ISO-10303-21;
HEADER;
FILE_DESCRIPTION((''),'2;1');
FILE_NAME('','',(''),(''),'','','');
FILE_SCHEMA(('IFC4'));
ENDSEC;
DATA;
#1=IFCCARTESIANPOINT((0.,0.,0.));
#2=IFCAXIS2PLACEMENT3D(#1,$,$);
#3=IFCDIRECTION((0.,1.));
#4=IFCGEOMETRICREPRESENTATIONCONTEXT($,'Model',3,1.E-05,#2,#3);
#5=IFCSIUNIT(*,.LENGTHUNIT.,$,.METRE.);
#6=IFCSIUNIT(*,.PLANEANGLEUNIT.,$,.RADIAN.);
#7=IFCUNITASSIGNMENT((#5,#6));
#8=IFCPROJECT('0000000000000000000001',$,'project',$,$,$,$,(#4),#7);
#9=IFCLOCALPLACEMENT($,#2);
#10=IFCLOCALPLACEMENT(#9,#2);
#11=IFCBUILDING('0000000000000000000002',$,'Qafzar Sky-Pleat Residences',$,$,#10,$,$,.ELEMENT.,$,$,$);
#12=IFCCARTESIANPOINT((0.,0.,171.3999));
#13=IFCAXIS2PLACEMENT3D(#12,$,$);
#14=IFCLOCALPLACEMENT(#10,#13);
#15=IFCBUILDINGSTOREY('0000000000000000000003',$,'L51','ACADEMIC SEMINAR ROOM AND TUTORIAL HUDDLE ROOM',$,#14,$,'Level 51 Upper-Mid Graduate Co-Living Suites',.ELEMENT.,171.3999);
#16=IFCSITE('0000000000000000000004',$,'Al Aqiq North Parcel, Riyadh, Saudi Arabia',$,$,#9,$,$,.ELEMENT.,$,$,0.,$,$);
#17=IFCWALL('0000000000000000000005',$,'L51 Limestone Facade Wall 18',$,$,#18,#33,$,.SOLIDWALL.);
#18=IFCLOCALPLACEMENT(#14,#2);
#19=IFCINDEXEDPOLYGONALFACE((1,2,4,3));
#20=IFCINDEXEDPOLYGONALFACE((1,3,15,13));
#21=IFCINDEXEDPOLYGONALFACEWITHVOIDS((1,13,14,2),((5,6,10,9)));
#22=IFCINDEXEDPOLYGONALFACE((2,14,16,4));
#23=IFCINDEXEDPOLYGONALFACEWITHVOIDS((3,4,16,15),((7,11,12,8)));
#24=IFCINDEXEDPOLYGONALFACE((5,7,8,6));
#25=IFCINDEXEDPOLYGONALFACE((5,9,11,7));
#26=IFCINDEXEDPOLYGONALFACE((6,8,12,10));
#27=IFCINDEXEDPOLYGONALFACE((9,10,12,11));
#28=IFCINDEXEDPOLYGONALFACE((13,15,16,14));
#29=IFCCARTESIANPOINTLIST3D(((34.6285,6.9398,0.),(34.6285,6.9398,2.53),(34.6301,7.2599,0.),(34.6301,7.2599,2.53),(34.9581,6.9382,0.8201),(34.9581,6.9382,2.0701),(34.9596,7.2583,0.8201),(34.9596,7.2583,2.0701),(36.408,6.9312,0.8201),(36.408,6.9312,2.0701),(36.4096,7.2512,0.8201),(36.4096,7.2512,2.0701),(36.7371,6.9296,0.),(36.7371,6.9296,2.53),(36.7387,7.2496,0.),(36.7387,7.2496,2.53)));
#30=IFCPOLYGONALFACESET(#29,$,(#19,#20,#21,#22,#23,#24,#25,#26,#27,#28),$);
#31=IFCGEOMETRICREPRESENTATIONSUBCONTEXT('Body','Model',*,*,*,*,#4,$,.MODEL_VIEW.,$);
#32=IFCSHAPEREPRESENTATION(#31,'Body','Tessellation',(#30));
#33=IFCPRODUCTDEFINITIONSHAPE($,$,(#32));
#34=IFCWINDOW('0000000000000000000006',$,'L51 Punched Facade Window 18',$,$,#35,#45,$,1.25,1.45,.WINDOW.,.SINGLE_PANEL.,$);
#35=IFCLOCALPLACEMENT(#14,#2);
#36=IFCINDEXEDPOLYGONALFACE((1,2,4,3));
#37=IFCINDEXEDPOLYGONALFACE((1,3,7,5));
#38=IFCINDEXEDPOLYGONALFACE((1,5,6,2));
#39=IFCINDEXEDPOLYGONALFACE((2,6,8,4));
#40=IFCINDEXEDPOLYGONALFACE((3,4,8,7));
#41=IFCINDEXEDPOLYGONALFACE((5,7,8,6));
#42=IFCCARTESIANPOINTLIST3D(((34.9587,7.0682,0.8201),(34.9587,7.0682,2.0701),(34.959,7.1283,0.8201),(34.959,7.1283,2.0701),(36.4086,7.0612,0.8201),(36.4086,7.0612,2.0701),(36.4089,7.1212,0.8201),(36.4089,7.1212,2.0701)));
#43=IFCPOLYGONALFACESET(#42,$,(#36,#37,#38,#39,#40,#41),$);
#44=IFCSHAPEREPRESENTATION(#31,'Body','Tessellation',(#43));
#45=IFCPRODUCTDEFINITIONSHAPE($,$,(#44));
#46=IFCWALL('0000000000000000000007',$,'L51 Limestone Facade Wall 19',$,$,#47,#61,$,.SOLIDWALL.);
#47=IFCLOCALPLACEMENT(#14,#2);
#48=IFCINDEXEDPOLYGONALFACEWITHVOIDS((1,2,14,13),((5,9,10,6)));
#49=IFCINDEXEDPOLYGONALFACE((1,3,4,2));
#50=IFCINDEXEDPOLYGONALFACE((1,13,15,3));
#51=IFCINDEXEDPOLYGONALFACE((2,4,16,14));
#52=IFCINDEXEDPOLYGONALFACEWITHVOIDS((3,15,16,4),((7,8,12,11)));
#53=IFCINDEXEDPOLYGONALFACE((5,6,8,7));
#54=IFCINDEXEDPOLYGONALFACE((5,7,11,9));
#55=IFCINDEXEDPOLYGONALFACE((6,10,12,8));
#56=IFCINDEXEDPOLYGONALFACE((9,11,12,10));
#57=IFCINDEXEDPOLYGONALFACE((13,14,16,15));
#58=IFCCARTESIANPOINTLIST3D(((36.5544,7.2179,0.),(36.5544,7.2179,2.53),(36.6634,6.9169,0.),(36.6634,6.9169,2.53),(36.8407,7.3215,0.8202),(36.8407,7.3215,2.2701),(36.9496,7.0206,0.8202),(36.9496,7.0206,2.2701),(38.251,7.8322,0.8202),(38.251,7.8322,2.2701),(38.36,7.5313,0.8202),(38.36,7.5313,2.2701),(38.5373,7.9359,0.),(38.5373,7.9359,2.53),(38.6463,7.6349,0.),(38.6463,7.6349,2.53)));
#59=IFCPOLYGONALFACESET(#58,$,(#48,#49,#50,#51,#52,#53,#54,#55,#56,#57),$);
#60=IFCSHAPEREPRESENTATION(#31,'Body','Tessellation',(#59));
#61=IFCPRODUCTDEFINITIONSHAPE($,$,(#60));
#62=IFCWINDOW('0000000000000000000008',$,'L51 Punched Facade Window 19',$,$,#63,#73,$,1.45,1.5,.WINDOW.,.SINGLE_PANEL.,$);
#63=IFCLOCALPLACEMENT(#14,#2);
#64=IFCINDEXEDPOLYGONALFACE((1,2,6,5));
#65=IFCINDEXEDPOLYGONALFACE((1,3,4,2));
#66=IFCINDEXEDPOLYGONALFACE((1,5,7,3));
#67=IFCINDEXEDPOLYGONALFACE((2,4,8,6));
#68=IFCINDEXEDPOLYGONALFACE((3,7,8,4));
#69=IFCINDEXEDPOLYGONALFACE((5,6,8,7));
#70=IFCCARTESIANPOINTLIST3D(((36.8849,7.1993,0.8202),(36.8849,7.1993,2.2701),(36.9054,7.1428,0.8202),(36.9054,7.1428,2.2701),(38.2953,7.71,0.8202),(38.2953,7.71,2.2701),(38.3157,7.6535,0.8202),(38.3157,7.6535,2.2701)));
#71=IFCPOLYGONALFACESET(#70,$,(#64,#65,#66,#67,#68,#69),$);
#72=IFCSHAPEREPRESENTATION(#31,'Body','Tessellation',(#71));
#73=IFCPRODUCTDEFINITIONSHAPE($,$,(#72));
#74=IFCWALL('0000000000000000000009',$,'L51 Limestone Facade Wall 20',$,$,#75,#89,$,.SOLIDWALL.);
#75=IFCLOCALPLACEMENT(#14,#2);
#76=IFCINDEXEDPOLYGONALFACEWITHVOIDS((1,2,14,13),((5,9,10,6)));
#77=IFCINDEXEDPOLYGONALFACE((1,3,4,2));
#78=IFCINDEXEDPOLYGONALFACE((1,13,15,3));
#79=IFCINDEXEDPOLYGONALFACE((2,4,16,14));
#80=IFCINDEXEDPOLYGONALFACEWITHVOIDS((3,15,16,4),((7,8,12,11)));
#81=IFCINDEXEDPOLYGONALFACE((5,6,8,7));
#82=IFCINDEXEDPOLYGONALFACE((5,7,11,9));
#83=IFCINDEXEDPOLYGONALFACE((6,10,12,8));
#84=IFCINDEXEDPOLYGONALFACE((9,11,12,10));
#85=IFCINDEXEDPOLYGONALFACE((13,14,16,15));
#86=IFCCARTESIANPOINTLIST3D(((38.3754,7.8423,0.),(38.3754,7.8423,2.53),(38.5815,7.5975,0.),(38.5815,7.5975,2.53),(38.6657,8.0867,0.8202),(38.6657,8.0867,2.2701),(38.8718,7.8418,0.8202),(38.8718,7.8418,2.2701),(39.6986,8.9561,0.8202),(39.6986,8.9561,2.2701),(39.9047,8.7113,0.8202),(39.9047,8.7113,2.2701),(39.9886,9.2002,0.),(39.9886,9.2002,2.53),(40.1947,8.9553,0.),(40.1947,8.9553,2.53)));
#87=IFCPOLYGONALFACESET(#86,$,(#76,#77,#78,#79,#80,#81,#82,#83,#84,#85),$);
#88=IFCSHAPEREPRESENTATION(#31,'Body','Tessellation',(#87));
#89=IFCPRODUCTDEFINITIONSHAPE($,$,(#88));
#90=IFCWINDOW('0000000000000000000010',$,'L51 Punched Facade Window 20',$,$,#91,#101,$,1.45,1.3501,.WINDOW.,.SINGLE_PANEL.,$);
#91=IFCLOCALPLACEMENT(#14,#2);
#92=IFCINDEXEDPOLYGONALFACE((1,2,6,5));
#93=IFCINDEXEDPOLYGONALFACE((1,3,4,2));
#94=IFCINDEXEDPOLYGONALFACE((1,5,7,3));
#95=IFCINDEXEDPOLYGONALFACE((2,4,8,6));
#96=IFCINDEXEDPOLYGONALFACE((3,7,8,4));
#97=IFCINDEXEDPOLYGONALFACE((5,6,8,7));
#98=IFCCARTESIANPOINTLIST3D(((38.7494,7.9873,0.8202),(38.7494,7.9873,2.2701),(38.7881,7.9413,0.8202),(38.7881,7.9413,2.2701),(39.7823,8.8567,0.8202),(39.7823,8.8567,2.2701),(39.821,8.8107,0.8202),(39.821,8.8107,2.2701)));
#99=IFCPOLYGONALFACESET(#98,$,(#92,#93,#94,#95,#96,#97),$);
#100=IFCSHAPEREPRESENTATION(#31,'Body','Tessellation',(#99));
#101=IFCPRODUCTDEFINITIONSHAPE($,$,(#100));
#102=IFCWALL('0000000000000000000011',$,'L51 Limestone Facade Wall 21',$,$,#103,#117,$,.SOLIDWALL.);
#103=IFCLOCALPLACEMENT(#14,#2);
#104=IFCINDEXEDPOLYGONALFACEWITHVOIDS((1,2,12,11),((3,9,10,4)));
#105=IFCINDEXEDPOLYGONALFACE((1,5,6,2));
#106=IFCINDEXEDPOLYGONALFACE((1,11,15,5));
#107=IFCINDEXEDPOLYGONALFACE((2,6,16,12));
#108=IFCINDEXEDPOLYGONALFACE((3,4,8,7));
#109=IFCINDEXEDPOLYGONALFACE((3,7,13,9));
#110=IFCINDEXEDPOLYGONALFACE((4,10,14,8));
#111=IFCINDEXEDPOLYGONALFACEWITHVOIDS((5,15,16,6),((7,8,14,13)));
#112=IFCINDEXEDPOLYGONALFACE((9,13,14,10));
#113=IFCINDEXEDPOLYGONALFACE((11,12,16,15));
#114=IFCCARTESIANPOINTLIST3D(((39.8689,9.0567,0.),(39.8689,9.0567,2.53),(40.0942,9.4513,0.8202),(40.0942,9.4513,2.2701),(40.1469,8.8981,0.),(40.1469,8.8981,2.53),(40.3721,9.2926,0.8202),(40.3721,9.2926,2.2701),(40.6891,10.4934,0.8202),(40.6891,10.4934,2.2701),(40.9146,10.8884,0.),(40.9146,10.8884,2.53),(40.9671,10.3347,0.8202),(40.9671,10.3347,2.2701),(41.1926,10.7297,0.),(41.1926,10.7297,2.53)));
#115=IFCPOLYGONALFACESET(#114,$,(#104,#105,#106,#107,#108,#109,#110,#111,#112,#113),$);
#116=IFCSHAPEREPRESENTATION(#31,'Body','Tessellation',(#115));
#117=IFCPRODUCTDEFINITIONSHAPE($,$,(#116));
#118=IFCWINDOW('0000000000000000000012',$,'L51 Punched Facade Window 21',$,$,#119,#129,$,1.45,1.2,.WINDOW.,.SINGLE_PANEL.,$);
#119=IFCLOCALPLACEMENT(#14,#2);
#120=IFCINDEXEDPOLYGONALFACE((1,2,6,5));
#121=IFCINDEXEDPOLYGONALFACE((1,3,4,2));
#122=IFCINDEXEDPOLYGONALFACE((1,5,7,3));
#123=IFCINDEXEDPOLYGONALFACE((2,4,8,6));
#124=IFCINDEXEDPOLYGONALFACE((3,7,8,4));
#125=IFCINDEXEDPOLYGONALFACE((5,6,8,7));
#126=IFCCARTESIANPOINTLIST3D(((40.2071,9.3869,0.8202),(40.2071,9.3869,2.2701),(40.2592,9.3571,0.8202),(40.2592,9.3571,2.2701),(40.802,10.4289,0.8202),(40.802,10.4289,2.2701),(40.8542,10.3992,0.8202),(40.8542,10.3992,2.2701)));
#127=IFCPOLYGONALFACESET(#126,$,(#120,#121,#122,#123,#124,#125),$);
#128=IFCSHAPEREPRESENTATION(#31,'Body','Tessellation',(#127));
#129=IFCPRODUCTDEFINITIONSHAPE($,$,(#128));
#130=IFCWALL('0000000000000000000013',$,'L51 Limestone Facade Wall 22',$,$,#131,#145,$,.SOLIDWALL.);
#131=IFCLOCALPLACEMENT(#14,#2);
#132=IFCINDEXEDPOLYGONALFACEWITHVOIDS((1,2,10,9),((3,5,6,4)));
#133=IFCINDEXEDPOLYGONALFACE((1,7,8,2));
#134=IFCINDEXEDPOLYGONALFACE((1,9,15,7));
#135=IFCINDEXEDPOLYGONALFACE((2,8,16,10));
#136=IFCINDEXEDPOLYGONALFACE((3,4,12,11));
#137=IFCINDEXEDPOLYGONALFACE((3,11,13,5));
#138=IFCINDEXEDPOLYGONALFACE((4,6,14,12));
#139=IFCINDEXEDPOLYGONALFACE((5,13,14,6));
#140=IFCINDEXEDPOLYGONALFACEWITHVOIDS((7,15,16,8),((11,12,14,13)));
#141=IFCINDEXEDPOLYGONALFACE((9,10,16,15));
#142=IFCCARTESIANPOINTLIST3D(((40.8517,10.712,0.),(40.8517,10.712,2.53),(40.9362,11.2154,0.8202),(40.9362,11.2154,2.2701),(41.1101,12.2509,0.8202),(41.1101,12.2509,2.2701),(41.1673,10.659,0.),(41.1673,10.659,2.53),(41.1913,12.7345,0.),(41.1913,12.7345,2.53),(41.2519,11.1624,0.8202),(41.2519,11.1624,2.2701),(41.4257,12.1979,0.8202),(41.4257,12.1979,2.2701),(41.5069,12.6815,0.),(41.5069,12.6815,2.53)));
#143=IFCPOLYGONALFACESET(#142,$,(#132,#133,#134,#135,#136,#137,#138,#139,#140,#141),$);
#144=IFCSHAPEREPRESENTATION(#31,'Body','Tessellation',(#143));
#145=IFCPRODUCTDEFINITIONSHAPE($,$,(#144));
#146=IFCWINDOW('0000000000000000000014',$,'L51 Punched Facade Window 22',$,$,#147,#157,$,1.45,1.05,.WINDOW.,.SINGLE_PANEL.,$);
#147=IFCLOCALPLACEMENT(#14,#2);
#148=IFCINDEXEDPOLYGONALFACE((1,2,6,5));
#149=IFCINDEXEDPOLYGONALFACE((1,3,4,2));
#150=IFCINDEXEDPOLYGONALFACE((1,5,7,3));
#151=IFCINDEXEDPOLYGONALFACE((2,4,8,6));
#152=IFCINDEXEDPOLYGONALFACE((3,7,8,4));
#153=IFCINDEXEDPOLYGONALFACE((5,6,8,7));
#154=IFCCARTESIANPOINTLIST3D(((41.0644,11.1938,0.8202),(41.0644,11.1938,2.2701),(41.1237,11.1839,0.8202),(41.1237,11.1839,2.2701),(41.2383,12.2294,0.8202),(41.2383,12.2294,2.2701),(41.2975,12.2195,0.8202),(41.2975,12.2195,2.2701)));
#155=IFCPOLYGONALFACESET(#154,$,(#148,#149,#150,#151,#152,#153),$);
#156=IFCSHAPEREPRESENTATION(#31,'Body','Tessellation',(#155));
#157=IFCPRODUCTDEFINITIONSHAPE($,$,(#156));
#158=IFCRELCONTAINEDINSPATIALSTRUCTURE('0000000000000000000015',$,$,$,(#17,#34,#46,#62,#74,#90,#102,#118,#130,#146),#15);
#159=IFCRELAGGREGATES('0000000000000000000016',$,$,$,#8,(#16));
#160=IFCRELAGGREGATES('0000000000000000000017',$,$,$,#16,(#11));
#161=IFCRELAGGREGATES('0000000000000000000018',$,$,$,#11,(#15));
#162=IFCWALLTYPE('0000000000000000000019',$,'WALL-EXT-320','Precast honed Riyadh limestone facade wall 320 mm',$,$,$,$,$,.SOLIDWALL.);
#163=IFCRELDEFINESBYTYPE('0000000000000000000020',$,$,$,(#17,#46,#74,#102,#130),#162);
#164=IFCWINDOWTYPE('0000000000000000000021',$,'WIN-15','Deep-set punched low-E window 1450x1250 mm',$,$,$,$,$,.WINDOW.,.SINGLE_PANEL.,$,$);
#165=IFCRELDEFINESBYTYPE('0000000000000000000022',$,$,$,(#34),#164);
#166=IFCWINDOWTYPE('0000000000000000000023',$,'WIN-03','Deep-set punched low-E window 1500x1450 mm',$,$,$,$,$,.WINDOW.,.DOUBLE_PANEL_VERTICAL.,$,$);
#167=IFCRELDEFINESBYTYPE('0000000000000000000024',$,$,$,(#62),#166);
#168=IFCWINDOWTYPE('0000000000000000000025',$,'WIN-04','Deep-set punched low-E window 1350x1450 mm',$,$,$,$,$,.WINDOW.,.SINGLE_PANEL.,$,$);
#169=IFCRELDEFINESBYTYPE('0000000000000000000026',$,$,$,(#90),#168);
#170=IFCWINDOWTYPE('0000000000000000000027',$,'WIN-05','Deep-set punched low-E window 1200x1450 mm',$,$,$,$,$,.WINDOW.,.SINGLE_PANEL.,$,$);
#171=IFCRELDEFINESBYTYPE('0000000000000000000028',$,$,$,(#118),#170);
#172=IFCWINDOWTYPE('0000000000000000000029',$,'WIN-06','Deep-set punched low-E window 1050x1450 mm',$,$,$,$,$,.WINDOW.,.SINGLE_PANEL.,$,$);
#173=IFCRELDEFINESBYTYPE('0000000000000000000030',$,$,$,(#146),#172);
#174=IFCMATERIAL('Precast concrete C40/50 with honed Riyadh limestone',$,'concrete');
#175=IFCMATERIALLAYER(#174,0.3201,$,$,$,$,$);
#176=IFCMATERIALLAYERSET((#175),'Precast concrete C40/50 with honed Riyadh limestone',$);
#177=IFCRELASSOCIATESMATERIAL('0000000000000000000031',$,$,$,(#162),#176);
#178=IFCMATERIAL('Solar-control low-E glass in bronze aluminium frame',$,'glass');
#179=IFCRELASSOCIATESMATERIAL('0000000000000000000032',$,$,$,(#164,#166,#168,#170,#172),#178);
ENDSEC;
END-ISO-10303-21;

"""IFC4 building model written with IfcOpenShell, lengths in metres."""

from ifc_helpers import new_model, si_unit, direction, frame, frame_2d, origin, place, context, subcontext, project, spatial, rectangle, extrude, source, transform, mapped, material, layer, layer_set, type_object, element, fill, save


model = new_model("IFC4")

# Units and contexts
model_context = context("Model", 3, precision=1e-05, world=origin(), true_north=direction((0.0, 1.0)))
body_context = subcontext(model_context, "Body", "Model", "MODEL_VIEW")
ifc_project = project(units=[si_unit("LENGTHUNIT", "METRE"), si_unit("PLANEANGLEUNIT", "RADIAN")], contexts=[model_context])

# Site, building, storey
site_placement = place(None, origin())
site = spatial("IfcSite", under=ifc_project, at=site_placement, Name="Al Aqiq North Parcel, Riyadh, Saudi Arabia", CompositionType="ELEMENT", RefElevation=0.0)
building_placement = place(site_placement, origin())
building = spatial("IfcBuilding", under=site, at=building_placement, Name="Qafzar Sky-Pleat Residences", CompositionType="ELEMENT")
storey_placement = place(building_placement, frame((0.0, 0.0, 171.3999)))
storey = spatial("IfcBuildingStorey", under=building, at=storey_placement, Name="L51", Description="ACADEMIC SEMINAR ROOM AND TUTORIAL HUDDLE ROOM", LongName="Level 51 Upper-Mid Graduate Co-Living Suites", CompositionType="ELEMENT", Elevation=171.3999)

# Walls, openings, windows
ifc_material_1 = material(Name="Precast concrete C40/50 with honed Riyadh limestone", Category="concrete")
ifc_layer_1 = layer(ifc_material_1, 0.3201)
ifc_layer_set_1 = layer_set([ifc_layer_1], Name="Precast concrete C40/50 with honed Riyadh limestone")
wall_type = type_object("IfcWallType", Name="WALL-EXT-320", Description="Precast honed Riyadh limestone facade wall 320 mm", PredefinedType="SOLIDWALL", material=ifc_layer_set_1)
wall_1_placement = place(storey_placement, frame((34.6294, 7.0999, 0.0), z_axis=(0.0, 0.0, 1.0), x_axis=(0.999988, -0.004863, 0.0)))
wall_1 = element("IfcWall", 1, at=wall_1_placement, inside=storey, type_object=wall_type, Name="L51 Limestone Facade Wall 18", PredefinedType="SOLIDWALL", context=body_context, shape_type="SweptSolid", body=[
    extrude(rectangle(XDim=2.1086, YDim=0.3201, at=frame_2d((1.0542, 0.0))), origin(), (0.0, 0.0, 1.0), 2.53),
])
opening_1_placement = place(wall_1_placement, frame((0.3293, 0.0, 0.8201)))
opening_1 = element("IfcOpeningElement", 2, at=opening_1_placement, cuts=wall_1, PredefinedType="OPENING", context=body_context, shape_type="SweptSolid", body=[
    extrude(rectangle(XDim=1.45, YDim=1.25, at=frame_2d((0.7251, 0.625))), frame((0.0, 0.1699, 0.0), z_axis=(0.0, -1.0, 0.0), x_axis=(1.0, 0.0, 0.0)), (0.0, 0.0, 1.0), 0.3401),
])
ifc_material_2 = material(Name="Solar-control low-E glass in bronze aluminium frame", Category="glass")
window_type_1 = type_object("IfcWindowType", Name="WIN-15", Description="Deep-set punched low-E window 1450x1250 mm", PartitioningType="SINGLE_PANEL", PredefinedType="WINDOW", material=ifc_material_2)
shared_shape_1 = source(origin(), body_context, "Body", "SweptSolid", [
    extrude(rectangle(XDim=1.45, YDim=1.25, at=frame_2d((0.7251, 0.625))), frame((0.0, 0.03, 0.0), z_axis=(0.0, -1.0, 0.0), x_axis=(1.0, 0.0, 0.0)), (0.0, 0.0, 1.0), 0.0601),
])
window_1_placement = place(opening_1_placement, origin())
window_1 = element("IfcWindow", 3, at=window_1_placement, inside=storey, type_object=window_type_1, Name="L51 Punched Facade Window 18", OverallHeight=1.25, OverallWidth=1.45, PartitioningType="SINGLE_PANEL", PredefinedType="WINDOW", context=body_context, shape_type="MappedRepresentation", body=[
    mapped(shared_shape_1, transform((0.0, 0.0, 0.0), x_axis=(1.0, 0.0, 0.0), y_axis=(0.0, 1.0, 0.0), z_axis=(0.0, 0.0, 1.0), scale=1.0)),
])
fill(opening_1, window_1)
wall_2_placement = place(storey_placement, frame((36.6089, 7.0674, 0.0), z_axis=(0.0, 0.0, 1.0), x_axis=(0.940256, 0.340469, 0.0)))
wall_2 = element("IfcWall", 4, at=wall_2_placement, inside=storey, type_object=wall_type, Name="L51 Limestone Facade Wall 19", PredefinedType="SOLIDWALL", context=body_context, shape_type="SweptSolid", body=[
    extrude(rectangle(XDim=2.1089, YDim=0.3201, at=frame_2d((1.0544, 0.0))), origin(), (0.0, 0.0, 1.0), 2.53),
])
opening_2_placement = place(wall_2_placement, frame((0.3044, 0.0, 0.8201)))
opening_2 = element("IfcOpeningElement", 5, at=opening_2_placement, cuts=wall_2, PredefinedType="OPENING", context=body_context, shape_type="SweptSolid", body=[
    extrude(rectangle(XDim=1.5, YDim=1.45, at=frame_2d((0.75, 0.7251))), frame((0.0, 0.1699, 0.0), z_axis=(0.0, -1.0, 0.0), x_axis=(1.0, 0.0, 0.0)), (0.0, 0.0, 1.0), 0.3401),
])
window_type_2 = type_object("IfcWindowType", Name="WIN-03", Description="Deep-set punched low-E window 1500x1450 mm", PartitioningType="DOUBLE_PANEL_VERTICAL", PredefinedType="WINDOW", material=ifc_material_2)
shared_shape_2 = source(origin(), body_context, "Body", "SweptSolid", [
    extrude(rectangle(XDim=1.5, YDim=1.45, at=frame_2d((0.75, 0.7251))), frame((0.0, 0.03, 0.0), z_axis=(0.0, -1.0, 0.0), x_axis=(1.0, 0.0, 0.0)), (0.0, 0.0, 1.0), 0.0601),
])
window_2_placement = place(opening_2_placement, origin())
window_2 = element("IfcWindow", 6, at=window_2_placement, inside=storey, type_object=window_type_2, Name="L51 Punched Facade Window 19", OverallHeight=1.45, OverallWidth=1.5, PartitioningType="SINGLE_PANEL", PredefinedType="WINDOW", context=body_context, shape_type="MappedRepresentation", body=[
    mapped(shared_shape_2, transform((0.0, 0.0, 0.0), x_axis=(1.0, 0.0, 0.0), y_axis=(0.0, 1.0, 0.0), z_axis=(0.0, 0.0, 1.0), scale=1.0)),
])
fill(opening_2, window_2)
wall_3_placement = place(storey_placement, frame((38.4785, 7.72, 0.0), z_axis=(0.0, 0.0, 1.0), x_axis=(0.765061, 0.643957, 0.0)))
wall_3 = element("IfcWall", 7, at=wall_3_placement, inside=storey, type_object=wall_type, Name="L51 Limestone Facade Wall 20", PredefinedType="SOLIDWALL", context=body_context, shape_type="SweptSolid", body=[
    extrude(rectangle(XDim=2.1086, YDim=0.3201, at=frame_2d((1.0542, 0.0))), origin(), (0.0, 0.0, 1.0), 2.53),
])
opening_3_placement = place(wall_3_placement, frame((0.3794, 0.0, 0.8201)))
opening_3 = element("IfcOpeningElement", 8, at=opening_3_placement, cuts=wall_3, PredefinedType="OPENING", context=body_context, shape_type="SweptSolid", body=[
    extrude(rectangle(XDim=1.3501, YDim=1.45, at=frame_2d((0.675, 0.7251))), frame((0.0, 0.1699, 0.0), z_axis=(0.0, -1.0, 0.0), x_axis=(1.0, 0.0, 0.0)), (0.0, 0.0, 1.0), 0.3401),
])
window_type_3 = type_object("IfcWindowType", Name="WIN-04", Description="Deep-set punched low-E window 1350x1450 mm", PartitioningType="SINGLE_PANEL", PredefinedType="WINDOW", material=ifc_material_2)
shared_shape_3 = source(origin(), body_context, "Body", "SweptSolid", [
    extrude(rectangle(XDim=1.3501, YDim=1.45, at=frame_2d((0.675, 0.7251))), frame((0.0, 0.03, 0.0), z_axis=(0.0, -1.0, 0.0), x_axis=(1.0, 0.0, 0.0)), (0.0, 0.0, 1.0), 0.0601),
])
window_3_placement = place(opening_3_placement, origin())
window_3 = element("IfcWindow", 9, at=window_3_placement, inside=storey, type_object=window_type_3, Name="L51 Punched Facade Window 20", OverallHeight=1.45, OverallWidth=1.3501, PartitioningType="SINGLE_PANEL", PredefinedType="WINDOW", context=body_context, shape_type="MappedRepresentation", body=[
    mapped(shared_shape_3, transform((0.0, 0.0, 0.0), x_axis=(1.0, 0.0, 0.0), y_axis=(0.0, 1.0, 0.0), z_axis=(0.0, 0.0, 1.0), scale=1.0)),
])
fill(opening_3, window_3)
wall_4_placement = place(storey_placement, frame((40.0078, 8.9773, 0.0), z_axis=(0.0, 0.0, 1.0), x_axis=(0.495802, 0.868435, 0.0)))
wall_4 = element("IfcWall", 10, at=wall_4_placement, inside=storey, type_object=wall_type, Name="L51 Limestone Facade Wall 21", PredefinedType="SOLIDWALL", context=body_context, shape_type="SweptSolid", body=[
    extrude(rectangle(XDim=2.1091, YDim=0.3201, at=frame_2d((1.0547, 0.0))), origin(), (0.0, 0.0, 1.0), 2.53),
])
opening_4_placement = place(wall_4_placement, frame((0.4543, 0.0, 0.8201)))
opening_4 = element("IfcOpeningElement", 11, at=opening_4_placement, cuts=wall_4, PredefinedType="OPENING", context=body_context, shape_type="SweptSolid", body=[
    extrude(rectangle(XDim=1.2, YDim=1.45, at=frame_2d((0.6001, 0.7251))), frame((0.0, 0.1699, 0.0), z_axis=(0.0, -1.0, 0.0), x_axis=(1.0, 0.0, 0.0)), (0.0, 0.0, 1.0), 0.3401),
])
window_type_4 = type_object("IfcWindowType", Name="WIN-05", Description="Deep-set punched low-E window 1200x1450 mm", PartitioningType="SINGLE_PANEL", PredefinedType="WINDOW", material=ifc_material_2)
shared_shape_4 = source(origin(), body_context, "Body", "SweptSolid", [
    extrude(rectangle(XDim=1.2, YDim=1.45, at=frame_2d((0.6001, 0.7251))), frame((0.0, 0.03, 0.0), z_axis=(0.0, -1.0, 0.0), x_axis=(1.0, 0.0, 0.0)), (0.0, 0.0, 1.0), 0.0601),
])
window_4_placement = place(opening_4_placement, origin())
window_4 = element("IfcWindow", 12, at=window_4_placement, inside=storey, type_object=window_type_4, Name="L51 Punched Facade Window 21", OverallHeight=1.45, OverallWidth=1.2, PartitioningType="SINGLE_PANEL", PredefinedType="WINDOW", context=body_context, shape_type="MappedRepresentation", body=[
    mapped(shared_shape_4, transform((0.0, 0.0, 0.0), x_axis=(1.0, 0.0, 0.0), y_axis=(0.0, 1.0, 0.0), z_axis=(0.0, 0.0, 1.0), scale=1.0)),
])
fill(opening_4, window_4)
wall_5_placement = place(storey_placement, frame((41.0095, 10.6855, 0.0), z_axis=(0.0, 0.0, 1.0), x_axis=(0.165596, 0.986194, 0.0)))
wall_5 = element("IfcWall", 13, at=wall_5_placement, inside=storey, type_object=wall_type, Name="L51 Limestone Facade Wall 22", PredefinedType="SOLIDWALL", context=body_context, shape_type="SweptSolid", body=[
    extrude(rectangle(XDim=2.0508, YDim=0.3201, at=frame_2d((1.0254, 0.0))), origin(), (0.0, 0.0, 1.0), 2.53),
])
opening_5_placement = place(wall_5_placement, frame((0.5105, 0.0, 0.8201)))
opening_5 = element("IfcOpeningElement", 14, at=opening_5_placement, cuts=wall_5, PredefinedType="OPENING", context=body_context, shape_type="SweptSolid", body=[
    extrude(rectangle(XDim=1.05, YDim=1.45, at=frame_2d((0.5249, 0.7251))), frame((0.0, 0.1699, 0.0), z_axis=(0.0, -1.0, 0.0), x_axis=(1.0, 0.0, 0.0)), (0.0, 0.0, 1.0), 0.3401),
])
window_type_5 = type_object("IfcWindowType", Name="WIN-06", Description="Deep-set punched low-E window 1050x1450 mm", PartitioningType="SINGLE_PANEL", PredefinedType="WINDOW", material=ifc_material_2)
shared_shape_5 = source(origin(), body_context, "Body", "SweptSolid", [
    extrude(rectangle(XDim=1.05, YDim=1.45, at=frame_2d((0.5249, 0.7251))), frame((0.0, 0.03, 0.0), z_axis=(0.0, -1.0, 0.0), x_axis=(1.0, 0.0, 0.0)), (0.0, 0.0, 1.0), 0.0601),
])
window_5_placement = place(opening_5_placement, origin())
window_5 = element("IfcWindow", 15, at=window_5_placement, inside=storey, type_object=window_type_5, Name="L51 Punched Facade Window 22", OverallHeight=1.45, OverallWidth=1.05, PartitioningType="SINGLE_PANEL", PredefinedType="WINDOW", context=body_context, shape_type="MappedRepresentation", body=[
    mapped(shared_shape_5, transform((0.0, 0.0, 0.0), x_axis=(1.0, 0.0, 0.0), y_axis=(0.0, 1.0, 0.0), z_axis=(0.0, 0.0, 1.0), scale=1.0)),
])
fill(opening_5, window_5)

save(model, "model.ifc")
